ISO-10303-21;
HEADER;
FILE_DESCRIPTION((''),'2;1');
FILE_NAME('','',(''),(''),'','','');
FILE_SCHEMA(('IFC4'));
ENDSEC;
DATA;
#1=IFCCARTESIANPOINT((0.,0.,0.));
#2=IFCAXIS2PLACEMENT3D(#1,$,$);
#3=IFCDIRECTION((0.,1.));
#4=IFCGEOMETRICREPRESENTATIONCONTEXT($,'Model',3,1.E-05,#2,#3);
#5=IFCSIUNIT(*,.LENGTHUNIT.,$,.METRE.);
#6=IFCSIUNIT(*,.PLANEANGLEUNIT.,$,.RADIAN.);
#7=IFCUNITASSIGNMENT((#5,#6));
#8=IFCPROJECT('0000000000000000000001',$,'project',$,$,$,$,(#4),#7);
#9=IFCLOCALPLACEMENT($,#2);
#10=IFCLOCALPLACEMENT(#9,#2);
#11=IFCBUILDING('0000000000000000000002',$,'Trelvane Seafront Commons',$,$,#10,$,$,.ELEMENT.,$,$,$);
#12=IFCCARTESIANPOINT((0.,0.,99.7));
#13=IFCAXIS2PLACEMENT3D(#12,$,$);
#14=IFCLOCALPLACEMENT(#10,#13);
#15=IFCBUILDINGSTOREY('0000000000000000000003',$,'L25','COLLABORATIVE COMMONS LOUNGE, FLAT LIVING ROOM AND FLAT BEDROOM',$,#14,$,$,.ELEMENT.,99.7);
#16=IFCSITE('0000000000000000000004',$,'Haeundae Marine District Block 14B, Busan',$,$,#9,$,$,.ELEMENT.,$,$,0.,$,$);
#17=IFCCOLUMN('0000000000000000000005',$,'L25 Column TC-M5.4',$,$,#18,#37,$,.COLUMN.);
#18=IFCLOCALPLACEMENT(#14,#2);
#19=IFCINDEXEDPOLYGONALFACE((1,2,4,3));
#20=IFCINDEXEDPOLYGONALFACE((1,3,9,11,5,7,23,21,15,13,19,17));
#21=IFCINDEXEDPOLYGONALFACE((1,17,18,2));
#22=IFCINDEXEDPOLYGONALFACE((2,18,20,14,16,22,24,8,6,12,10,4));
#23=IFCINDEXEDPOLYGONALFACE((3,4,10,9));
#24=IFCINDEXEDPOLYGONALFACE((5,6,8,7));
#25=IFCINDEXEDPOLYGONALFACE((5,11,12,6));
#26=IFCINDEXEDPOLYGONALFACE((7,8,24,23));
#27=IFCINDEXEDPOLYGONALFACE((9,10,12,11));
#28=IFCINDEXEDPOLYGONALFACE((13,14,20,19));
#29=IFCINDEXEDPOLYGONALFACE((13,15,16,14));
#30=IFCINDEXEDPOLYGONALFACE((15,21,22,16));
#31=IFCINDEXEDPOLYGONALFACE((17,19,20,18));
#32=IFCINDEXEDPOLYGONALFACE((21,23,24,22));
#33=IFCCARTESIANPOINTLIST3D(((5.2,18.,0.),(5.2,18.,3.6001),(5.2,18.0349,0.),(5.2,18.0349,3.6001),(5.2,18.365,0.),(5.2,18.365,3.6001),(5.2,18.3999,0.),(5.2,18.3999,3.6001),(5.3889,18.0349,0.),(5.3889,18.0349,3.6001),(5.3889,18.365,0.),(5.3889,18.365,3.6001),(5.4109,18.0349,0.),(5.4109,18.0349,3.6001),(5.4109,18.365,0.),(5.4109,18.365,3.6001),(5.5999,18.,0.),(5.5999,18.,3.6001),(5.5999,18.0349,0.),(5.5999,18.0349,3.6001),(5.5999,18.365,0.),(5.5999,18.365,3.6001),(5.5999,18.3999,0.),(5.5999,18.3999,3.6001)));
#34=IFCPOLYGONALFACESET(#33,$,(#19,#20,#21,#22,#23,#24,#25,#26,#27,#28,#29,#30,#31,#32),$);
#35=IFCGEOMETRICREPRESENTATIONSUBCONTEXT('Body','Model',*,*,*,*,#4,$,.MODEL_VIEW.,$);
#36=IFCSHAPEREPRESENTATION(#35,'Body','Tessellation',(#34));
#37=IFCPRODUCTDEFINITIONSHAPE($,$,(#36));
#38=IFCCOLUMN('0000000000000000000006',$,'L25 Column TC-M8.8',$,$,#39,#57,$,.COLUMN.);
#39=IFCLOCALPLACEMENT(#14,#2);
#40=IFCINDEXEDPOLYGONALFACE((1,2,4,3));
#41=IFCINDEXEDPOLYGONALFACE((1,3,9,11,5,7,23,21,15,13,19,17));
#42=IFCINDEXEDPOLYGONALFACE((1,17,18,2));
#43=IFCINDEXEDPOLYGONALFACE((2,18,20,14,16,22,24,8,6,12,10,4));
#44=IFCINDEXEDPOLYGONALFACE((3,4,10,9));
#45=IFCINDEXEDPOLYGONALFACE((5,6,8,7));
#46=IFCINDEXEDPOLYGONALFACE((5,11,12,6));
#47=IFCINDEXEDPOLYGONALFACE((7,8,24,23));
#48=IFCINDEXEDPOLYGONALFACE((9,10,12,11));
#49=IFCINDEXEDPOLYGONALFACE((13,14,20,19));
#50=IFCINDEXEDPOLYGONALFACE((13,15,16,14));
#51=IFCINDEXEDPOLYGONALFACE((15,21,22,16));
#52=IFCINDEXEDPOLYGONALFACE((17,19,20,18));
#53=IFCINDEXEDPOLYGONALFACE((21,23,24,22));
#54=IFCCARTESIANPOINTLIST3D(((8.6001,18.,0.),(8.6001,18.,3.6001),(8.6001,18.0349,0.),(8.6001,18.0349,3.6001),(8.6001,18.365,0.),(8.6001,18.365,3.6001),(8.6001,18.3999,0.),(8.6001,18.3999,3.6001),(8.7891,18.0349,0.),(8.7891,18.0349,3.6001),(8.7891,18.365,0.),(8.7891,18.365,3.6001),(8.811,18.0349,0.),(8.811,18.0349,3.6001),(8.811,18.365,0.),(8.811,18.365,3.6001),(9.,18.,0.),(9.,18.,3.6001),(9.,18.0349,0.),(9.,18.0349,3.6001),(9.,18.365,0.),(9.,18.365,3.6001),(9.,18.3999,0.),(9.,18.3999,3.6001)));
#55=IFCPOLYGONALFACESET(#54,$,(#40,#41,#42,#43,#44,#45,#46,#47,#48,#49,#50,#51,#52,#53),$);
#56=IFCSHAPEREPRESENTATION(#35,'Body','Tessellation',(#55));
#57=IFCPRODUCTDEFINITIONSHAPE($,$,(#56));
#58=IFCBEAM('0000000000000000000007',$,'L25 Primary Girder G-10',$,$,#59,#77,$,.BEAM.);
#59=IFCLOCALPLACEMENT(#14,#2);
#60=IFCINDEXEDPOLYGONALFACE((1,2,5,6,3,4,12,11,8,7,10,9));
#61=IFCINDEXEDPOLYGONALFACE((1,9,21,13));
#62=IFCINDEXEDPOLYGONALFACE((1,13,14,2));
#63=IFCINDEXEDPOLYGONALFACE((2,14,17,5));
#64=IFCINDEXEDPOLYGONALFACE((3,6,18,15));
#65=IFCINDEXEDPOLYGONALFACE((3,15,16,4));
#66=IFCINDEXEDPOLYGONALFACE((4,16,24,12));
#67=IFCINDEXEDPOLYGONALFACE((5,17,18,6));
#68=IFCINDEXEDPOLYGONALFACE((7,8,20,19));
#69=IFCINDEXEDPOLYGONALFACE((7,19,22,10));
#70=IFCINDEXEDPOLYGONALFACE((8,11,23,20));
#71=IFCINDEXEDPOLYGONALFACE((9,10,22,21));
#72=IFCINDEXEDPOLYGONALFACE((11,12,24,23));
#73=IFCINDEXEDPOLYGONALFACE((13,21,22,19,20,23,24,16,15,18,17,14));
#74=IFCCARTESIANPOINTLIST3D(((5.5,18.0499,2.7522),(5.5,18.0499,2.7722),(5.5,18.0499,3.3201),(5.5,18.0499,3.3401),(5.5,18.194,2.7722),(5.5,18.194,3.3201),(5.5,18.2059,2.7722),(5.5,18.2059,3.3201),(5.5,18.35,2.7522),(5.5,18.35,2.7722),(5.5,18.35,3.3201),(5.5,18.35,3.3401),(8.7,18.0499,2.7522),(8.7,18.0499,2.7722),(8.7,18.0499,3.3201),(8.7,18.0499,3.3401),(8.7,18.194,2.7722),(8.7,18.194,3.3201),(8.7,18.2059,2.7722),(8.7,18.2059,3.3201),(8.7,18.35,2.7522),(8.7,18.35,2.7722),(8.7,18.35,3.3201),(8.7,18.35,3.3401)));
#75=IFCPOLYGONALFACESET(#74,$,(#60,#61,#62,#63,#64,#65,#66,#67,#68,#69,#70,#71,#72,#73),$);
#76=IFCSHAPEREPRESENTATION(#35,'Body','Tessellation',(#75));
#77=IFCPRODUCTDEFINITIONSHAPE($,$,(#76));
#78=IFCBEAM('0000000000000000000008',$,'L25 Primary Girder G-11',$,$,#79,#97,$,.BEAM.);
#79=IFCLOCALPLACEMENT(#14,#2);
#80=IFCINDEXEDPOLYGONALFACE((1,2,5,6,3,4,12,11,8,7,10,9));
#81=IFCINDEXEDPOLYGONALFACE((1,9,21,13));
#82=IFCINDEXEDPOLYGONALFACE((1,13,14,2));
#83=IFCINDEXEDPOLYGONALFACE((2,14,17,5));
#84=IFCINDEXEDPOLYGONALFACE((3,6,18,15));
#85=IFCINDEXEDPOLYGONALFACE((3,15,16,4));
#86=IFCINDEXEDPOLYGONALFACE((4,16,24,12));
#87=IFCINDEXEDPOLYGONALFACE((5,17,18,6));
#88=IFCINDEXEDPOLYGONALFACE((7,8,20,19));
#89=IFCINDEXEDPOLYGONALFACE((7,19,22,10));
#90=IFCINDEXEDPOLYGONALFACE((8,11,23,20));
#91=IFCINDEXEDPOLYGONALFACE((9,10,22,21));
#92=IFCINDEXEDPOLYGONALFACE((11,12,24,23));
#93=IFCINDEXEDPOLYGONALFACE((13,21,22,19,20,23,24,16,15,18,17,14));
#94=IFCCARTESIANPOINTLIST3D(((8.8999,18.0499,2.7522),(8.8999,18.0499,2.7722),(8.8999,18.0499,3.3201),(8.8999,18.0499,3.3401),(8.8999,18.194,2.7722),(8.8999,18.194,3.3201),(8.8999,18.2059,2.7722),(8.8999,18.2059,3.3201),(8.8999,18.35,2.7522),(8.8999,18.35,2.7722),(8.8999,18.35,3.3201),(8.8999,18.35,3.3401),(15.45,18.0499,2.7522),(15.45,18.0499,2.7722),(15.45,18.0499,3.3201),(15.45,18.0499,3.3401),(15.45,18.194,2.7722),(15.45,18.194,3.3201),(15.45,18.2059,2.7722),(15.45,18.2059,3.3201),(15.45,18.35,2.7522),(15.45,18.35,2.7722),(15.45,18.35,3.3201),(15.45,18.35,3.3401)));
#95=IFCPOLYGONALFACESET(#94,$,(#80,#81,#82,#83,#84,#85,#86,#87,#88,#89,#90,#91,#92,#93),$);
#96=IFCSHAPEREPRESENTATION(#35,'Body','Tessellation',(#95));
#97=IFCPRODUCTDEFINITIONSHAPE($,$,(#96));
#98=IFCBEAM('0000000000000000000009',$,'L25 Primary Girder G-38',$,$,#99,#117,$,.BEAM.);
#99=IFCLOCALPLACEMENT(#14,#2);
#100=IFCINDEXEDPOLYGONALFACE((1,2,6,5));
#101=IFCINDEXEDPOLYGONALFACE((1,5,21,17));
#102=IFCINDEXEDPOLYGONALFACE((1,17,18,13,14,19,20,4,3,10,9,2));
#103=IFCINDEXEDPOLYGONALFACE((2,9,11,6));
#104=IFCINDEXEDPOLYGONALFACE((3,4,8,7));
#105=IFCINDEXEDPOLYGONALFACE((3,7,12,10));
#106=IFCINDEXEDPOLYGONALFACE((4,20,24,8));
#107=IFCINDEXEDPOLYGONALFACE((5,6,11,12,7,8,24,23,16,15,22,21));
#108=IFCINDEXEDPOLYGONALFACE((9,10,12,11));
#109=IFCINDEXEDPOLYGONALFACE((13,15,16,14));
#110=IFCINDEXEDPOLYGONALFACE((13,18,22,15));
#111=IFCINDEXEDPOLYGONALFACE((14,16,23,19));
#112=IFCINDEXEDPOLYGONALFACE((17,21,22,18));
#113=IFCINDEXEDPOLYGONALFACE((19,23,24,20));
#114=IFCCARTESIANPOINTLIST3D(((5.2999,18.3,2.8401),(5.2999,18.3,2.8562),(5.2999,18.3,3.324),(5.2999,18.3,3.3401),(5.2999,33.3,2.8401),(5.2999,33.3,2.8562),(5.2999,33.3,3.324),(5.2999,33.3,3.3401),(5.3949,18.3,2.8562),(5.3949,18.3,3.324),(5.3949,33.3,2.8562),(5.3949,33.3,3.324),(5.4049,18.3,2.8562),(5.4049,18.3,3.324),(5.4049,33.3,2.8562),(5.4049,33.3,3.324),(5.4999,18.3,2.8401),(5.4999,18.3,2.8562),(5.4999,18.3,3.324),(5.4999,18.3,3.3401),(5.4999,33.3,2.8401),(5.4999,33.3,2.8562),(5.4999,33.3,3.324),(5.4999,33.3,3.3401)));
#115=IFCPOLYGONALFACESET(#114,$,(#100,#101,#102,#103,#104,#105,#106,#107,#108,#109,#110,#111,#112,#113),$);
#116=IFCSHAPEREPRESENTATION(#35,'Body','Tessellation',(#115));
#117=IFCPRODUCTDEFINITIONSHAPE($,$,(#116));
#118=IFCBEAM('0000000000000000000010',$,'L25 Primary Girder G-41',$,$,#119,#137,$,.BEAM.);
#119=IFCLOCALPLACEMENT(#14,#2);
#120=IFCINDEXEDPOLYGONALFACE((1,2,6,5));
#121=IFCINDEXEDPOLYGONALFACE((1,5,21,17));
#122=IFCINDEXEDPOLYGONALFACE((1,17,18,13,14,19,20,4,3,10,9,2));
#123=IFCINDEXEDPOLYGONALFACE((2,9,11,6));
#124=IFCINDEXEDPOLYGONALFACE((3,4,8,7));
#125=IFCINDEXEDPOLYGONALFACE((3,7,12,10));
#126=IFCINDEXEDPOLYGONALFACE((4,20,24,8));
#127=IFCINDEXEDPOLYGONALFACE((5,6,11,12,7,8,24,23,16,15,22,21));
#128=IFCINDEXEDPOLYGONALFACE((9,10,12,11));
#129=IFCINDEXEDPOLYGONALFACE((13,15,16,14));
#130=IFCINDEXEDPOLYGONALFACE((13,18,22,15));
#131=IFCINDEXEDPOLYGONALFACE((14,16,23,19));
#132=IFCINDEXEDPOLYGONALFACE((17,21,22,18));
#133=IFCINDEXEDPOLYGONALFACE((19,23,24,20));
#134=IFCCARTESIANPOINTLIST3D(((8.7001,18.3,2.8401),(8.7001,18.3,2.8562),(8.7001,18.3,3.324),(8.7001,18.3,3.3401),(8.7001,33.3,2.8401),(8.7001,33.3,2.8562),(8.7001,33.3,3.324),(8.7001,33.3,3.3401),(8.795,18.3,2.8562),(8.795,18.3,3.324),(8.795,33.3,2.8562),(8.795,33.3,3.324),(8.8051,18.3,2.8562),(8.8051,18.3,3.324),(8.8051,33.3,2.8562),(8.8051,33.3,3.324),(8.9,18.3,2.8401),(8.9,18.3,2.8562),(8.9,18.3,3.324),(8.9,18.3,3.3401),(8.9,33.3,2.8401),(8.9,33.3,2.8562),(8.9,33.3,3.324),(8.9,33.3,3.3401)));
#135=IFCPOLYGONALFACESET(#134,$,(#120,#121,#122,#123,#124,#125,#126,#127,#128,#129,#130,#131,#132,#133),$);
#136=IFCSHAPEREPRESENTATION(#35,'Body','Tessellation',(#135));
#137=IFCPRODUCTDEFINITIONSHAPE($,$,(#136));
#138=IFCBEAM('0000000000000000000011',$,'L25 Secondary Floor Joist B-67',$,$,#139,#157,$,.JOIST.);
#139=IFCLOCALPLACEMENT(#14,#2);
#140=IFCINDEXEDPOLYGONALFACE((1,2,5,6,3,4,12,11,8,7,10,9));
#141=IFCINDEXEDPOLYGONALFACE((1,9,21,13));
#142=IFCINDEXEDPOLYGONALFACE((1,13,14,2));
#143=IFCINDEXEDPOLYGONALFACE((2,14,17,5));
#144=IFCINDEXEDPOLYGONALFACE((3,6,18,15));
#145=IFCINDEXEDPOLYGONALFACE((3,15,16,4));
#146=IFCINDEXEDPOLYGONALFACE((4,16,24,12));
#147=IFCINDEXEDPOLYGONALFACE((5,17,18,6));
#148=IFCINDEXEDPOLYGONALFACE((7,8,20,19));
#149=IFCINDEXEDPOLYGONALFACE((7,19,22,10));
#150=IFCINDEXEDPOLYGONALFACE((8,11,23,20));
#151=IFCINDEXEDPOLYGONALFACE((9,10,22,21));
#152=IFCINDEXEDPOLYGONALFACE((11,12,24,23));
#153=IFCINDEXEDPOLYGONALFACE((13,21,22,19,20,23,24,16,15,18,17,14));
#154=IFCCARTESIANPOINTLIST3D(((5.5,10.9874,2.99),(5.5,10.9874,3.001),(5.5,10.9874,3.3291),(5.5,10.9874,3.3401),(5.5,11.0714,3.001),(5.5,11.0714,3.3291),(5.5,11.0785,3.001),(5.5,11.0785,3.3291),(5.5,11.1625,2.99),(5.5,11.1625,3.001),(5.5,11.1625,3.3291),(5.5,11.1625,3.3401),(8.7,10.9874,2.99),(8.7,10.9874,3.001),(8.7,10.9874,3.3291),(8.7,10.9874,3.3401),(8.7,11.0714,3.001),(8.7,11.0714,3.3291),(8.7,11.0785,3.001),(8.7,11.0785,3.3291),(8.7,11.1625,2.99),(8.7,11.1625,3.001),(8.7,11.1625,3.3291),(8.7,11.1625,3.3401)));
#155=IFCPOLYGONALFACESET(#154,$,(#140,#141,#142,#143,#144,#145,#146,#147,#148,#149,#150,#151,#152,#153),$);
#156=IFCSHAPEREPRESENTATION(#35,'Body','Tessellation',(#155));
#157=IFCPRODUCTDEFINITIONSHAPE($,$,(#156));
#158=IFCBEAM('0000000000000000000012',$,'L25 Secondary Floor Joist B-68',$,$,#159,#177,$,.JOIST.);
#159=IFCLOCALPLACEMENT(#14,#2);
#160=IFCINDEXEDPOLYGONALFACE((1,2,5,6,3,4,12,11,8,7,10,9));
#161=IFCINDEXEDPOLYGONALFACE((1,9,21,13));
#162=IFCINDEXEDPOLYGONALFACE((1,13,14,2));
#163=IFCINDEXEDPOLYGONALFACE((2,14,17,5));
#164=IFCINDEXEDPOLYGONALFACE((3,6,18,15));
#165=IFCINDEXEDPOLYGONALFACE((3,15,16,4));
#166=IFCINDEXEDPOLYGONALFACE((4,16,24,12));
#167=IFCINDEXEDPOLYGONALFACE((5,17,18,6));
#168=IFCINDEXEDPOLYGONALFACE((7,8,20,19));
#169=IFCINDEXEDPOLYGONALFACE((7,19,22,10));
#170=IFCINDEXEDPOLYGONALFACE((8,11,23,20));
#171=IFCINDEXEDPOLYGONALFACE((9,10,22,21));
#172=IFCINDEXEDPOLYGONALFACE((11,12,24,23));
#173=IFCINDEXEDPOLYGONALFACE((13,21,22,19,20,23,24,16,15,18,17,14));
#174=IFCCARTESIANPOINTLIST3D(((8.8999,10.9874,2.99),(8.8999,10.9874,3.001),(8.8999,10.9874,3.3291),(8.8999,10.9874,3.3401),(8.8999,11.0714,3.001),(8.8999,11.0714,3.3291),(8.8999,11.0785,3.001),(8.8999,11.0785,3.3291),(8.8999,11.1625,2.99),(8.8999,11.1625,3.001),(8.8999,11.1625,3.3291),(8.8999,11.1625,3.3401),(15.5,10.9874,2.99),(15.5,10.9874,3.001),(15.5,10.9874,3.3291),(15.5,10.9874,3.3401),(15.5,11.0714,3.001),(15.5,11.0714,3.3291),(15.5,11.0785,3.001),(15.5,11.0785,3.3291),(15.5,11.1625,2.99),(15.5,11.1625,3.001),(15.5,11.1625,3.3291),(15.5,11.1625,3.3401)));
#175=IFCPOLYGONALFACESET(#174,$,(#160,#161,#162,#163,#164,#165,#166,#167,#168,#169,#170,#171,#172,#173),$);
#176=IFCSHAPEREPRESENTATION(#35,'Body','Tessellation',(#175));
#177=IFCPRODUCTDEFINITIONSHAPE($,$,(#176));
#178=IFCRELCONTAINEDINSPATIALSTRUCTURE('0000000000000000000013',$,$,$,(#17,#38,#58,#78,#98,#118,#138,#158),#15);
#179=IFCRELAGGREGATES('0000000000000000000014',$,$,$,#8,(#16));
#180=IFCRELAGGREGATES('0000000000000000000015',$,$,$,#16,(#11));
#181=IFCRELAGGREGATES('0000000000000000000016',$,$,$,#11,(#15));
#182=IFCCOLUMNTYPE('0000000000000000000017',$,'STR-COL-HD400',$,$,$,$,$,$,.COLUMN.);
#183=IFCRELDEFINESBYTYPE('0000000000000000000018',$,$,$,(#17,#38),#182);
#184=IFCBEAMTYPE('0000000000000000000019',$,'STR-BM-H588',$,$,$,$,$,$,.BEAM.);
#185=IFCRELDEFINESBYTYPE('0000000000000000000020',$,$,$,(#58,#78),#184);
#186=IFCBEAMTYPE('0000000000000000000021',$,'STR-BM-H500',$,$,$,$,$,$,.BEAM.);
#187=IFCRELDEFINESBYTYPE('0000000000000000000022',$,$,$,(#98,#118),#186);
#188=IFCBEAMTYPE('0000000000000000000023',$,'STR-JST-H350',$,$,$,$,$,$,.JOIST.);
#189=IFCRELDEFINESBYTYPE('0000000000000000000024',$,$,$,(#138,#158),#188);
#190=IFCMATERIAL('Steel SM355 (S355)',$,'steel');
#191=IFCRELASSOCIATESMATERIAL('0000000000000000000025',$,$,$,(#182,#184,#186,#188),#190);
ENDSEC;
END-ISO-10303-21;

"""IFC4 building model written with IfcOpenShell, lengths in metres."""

from ifc_helpers import new_model, si_unit, direction, frame, origin, origin_2d, place, context, subcontext, project, spatial, i_section, extrude, source, transform, mapped, material, material_profile, profile_set, type_object, element, save


model = new_model("IFC4")

# Units and contexts
model_context = context("Model", 3, precision=1e-05, world=origin(), true_north=direction((0.0, 1.0)))
body_context = subcontext(model_context, "Body", "Model", "MODEL_VIEW")
ifc_project = project(units=[si_unit("LENGTHUNIT", "METRE"), si_unit("PLANEANGLEUNIT", "RADIAN")], contexts=[model_context])

# Site, building, storey
site_placement = place(None, origin())
site = spatial("IfcSite", under=ifc_project, at=site_placement, Name="Haeundae Marine District Block 14B, Busan", CompositionType="ELEMENT", RefElevation=0.0)
building_placement = place(site_placement, origin())
building = spatial("IfcBuilding", under=site, at=building_placement, Name="Trelvane Seafront Commons", CompositionType="ELEMENT")
storey_placement = place(building_placement, frame((0.0, 0.0, 99.7)))
storey = spatial("IfcBuildingStorey", under=building, at=storey_placement, Name="L25", Description="COLLABORATIVE COMMONS LOUNGE, FLAT LIVING ROOM AND FLAT BEDROOM", CompositionType="ELEMENT", Elevation=99.7)

# Columns
ifc_material_1 = material(Name="Steel SM355 (S355)", Category="steel")
ifc_material_profile_1 = material_profile(ifc_material_1, i_section(OverallWidth=0.3999, OverallDepth=0.3999, WebThickness=0.022, FlangeThickness=0.0349, at=origin_2d()), Name="HD-400x400x22x35")
ifc_profile_set_1 = profile_set([ifc_material_profile_1], Name="Steel SM355 (S355)")
column_type = type_object("IfcColumnType", Name="STR-COL-HD400", PredefinedType="COLUMN", material=ifc_profile_set_1)
shared_shape_1 = source(origin(), body_context, "Body", "SweptSolid", [
    extrude(i_section(OverallWidth=0.3999, OverallDepth=0.3999, WebThickness=0.022, FlangeThickness=0.0349, at=origin_2d()), origin(), (0.0, 0.0, 1.0), 3.6001),
])
for number, where, z_axis, x_axis, name in (
    (1, (5.3999, 18.2, 0.0), (0.0, 0.0, 1.0), (1.0, 0.0, 0.0), "L25 Column TC-M5.4"),
    (2, (8.8, 18.2, 0.0), (0.0, 0.0, 1.0), (1.0, 0.0, 0.0), "L25 Column TC-M8.8"),
):
    element("IfcColumn", number, at=place(storey_placement, frame(where, z_axis=z_axis, x_axis=x_axis)), inside=storey, type_object=column_type, Name=name, PredefinedType="COLUMN", context=body_context, shape_type="MappedRepresentation", body=[
        mapped(shared_shape_1, transform((0.0, 0.0, 0.0), x_axis=(1.0, 0.0, 0.0), y_axis=(0.0, 1.0, 0.0), z_axis=(0.0, 0.0, 1.0), scale=1.0)),
    ])

# Beams
ifc_material_profile_2 = material_profile(ifc_material_1, i_section(OverallWidth=0.3, OverallDepth=0.5879, WebThickness=0.012, FlangeThickness=0.02, at=origin_2d()), Name="H-588x300x12x20")
ifc_profile_set_2 = profile_set([ifc_material_profile_2], Name="Steel SM355 (S355)")
beam_type_1 = type_object("IfcBeamType", Name="STR-BM-H588", PredefinedType="BEAM", material=ifc_profile_set_2)
shared_shape_2 = source(origin(), body_context, "Body", "SweptSolid", [
    extrude(i_section(OverallWidth=0.3, OverallDepth=0.5879, WebThickness=0.012, FlangeThickness=0.02, at=origin_2d()), origin(), (0.0, 0.0, 1.0), 3.2),
])
beam_1_placement = place(storey_placement, frame((5.5, 18.2, 3.0461), z_axis=(1.0, 0.0, 0.0), x_axis=(0.0, 1.0, 0.0)))
element("IfcBeam", 3, at=beam_1_placement, inside=storey, type_object=beam_type_1, Name="L25 Primary Girder G-10", PredefinedType="BEAM", context=body_context, shape_type="MappedRepresentation", body=[
    mapped(shared_shape_2, transform((0.0, 0.0, 0.0), x_axis=(1.0, 0.0, 0.0), y_axis=(0.0, 1.0, 0.0), z_axis=(0.0, 0.0, 1.0), scale=1.0)),
])
shared_shape_3 = source(origin(), body_context, "Body", "SweptSolid", [
    extrude(i_section(OverallWidth=0.3, OverallDepth=0.5879, WebThickness=0.012, FlangeThickness=0.02, at=origin_2d()), origin(), (0.0, 0.0, 1.0), 6.55),
])
beam_2_placement = place(storey_placement, frame((8.8999, 18.2, 3.0461), z_axis=(1.0, 0.0, 0.0), x_axis=(0.0, 1.0, 0.0)))
element("IfcBeam", 4, at=beam_2_placement, inside=storey, type_object=beam_type_1, Name="L25 Primary Girder G-11", PredefinedType="BEAM", context=body_context, shape_type="MappedRepresentation", body=[
    mapped(shared_shape_3, transform((0.0, 0.0, 0.0), x_axis=(1.0, 0.0, 0.0), y_axis=(0.0, 1.0, 0.0), z_axis=(0.0, 0.0, 1.0), scale=1.0)),
])
ifc_material_profile_3 = material_profile(ifc_material_1, i_section(OverallWidth=0.2, OverallDepth=0.5, WebThickness=0.01, FlangeThickness=0.0161, at=origin_2d()), Name="H-500x200x10x16")
ifc_profile_set_3 = profile_set([ifc_material_profile_3], Name="Steel SM355 (S355)")
beam_type_2 = type_object("IfcBeamType", Name="STR-BM-H500", PredefinedType="BEAM", material=ifc_profile_set_3)
shared_shape_4 = source(origin(), body_context, "Body", "SweptSolid", [
    extrude(i_section(OverallWidth=0.2, OverallDepth=0.5, WebThickness=0.01, FlangeThickness=0.0161, at=origin_2d()), origin(), (0.0, 0.0, 1.0), 15.0),
])
for number, where, z_axis, x_axis, name in (
    (5, (5.3999, 18.3, 3.0901), (0.0, 1.0, 0.0), (-1.0, 0.0, 0.0), "L25 Primary Girder G-38"),
    (6, (8.8, 18.3, 3.0901), (0.0, 1.0, 0.0), (-1.0, 0.0, 0.0), "L25 Primary Girder G-41"),
):
    element("IfcBeam", number, at=place(storey_placement, frame(where, z_axis=z_axis, x_axis=x_axis)), inside=storey, type_object=beam_type_2, Name=name, PredefinedType="BEAM", context=body_context, shape_type="MappedRepresentation", body=[
        mapped(shared_shape_4, transform((0.0, 0.0, 0.0), x_axis=(1.0, 0.0, 0.0), y_axis=(0.0, 1.0, 0.0), z_axis=(0.0, 0.0, 1.0), scale=1.0)),
    ])
ifc_material_profile_4 = material_profile(ifc_material_1, i_section(OverallWidth=0.175, OverallDepth=0.3501, WebThickness=0.0071, FlangeThickness=0.011, at=origin_2d()), Name="H-350x175x7x11")
ifc_profile_set_4 = profile_set([ifc_material_profile_4], Name="Steel SM355 (S355)")
beam_type_3 = type_object("IfcBeamType", Name="STR-JST-H350", PredefinedType="JOIST", material=ifc_profile_set_4)
shared_shape_5 = source(origin(), body_context, "Body", "SweptSolid", [
    extrude(i_section(OverallWidth=0.175, OverallDepth=0.3501, WebThickness=0.0071, FlangeThickness=0.011, at=origin_2d()), origin(), (0.0, 0.0, 1.0), 3.2),
])
beam_3_placement = place(storey_placement, frame((5.5, 11.075, 3.165), z_axis=(1.0, 0.0, 0.0), x_axis=(0.0, 1.0, 0.0)))
element("IfcBeam", 7, at=beam_3_placement, inside=storey, type_object=beam_type_3, Name="L25 Secondary Floor Joist B-67", PredefinedType="JOIST", context=body_context, shape_type="MappedRepresentation", body=[
    mapped(shared_shape_5, transform((0.0, 0.0, 0.0), x_axis=(1.0, 0.0, 0.0), y_axis=(0.0, 1.0, 0.0), z_axis=(0.0, 0.0, 1.0), scale=1.0)),
])
shared_shape_6 = source(origin(), body_context, "Body", "SweptSolid", [
    extrude(i_section(OverallWidth=0.175, OverallDepth=0.3501, WebThickness=0.0071, FlangeThickness=0.011, at=origin_2d()), origin(), (0.0, 0.0, 1.0), 6.6001),
])
beam_4_placement = place(storey_placement, frame((8.8999, 11.075, 3.165), z_axis=(1.0, 0.0, 0.0), x_axis=(0.0, 1.0, 0.0)))
element("IfcBeam", 8, at=beam_4_placement, inside=storey, type_object=beam_type_3, Name="L25 Secondary Floor Joist B-68", PredefinedType="JOIST", context=body_context, shape_type="MappedRepresentation", body=[
    mapped(shared_shape_6, transform((0.0, 0.0, 0.0), x_axis=(1.0, 0.0, 0.0), y_axis=(0.0, 1.0, 0.0), z_axis=(0.0, 0.0, 1.0), scale=1.0)),
])

save(model, "model.ifc")
